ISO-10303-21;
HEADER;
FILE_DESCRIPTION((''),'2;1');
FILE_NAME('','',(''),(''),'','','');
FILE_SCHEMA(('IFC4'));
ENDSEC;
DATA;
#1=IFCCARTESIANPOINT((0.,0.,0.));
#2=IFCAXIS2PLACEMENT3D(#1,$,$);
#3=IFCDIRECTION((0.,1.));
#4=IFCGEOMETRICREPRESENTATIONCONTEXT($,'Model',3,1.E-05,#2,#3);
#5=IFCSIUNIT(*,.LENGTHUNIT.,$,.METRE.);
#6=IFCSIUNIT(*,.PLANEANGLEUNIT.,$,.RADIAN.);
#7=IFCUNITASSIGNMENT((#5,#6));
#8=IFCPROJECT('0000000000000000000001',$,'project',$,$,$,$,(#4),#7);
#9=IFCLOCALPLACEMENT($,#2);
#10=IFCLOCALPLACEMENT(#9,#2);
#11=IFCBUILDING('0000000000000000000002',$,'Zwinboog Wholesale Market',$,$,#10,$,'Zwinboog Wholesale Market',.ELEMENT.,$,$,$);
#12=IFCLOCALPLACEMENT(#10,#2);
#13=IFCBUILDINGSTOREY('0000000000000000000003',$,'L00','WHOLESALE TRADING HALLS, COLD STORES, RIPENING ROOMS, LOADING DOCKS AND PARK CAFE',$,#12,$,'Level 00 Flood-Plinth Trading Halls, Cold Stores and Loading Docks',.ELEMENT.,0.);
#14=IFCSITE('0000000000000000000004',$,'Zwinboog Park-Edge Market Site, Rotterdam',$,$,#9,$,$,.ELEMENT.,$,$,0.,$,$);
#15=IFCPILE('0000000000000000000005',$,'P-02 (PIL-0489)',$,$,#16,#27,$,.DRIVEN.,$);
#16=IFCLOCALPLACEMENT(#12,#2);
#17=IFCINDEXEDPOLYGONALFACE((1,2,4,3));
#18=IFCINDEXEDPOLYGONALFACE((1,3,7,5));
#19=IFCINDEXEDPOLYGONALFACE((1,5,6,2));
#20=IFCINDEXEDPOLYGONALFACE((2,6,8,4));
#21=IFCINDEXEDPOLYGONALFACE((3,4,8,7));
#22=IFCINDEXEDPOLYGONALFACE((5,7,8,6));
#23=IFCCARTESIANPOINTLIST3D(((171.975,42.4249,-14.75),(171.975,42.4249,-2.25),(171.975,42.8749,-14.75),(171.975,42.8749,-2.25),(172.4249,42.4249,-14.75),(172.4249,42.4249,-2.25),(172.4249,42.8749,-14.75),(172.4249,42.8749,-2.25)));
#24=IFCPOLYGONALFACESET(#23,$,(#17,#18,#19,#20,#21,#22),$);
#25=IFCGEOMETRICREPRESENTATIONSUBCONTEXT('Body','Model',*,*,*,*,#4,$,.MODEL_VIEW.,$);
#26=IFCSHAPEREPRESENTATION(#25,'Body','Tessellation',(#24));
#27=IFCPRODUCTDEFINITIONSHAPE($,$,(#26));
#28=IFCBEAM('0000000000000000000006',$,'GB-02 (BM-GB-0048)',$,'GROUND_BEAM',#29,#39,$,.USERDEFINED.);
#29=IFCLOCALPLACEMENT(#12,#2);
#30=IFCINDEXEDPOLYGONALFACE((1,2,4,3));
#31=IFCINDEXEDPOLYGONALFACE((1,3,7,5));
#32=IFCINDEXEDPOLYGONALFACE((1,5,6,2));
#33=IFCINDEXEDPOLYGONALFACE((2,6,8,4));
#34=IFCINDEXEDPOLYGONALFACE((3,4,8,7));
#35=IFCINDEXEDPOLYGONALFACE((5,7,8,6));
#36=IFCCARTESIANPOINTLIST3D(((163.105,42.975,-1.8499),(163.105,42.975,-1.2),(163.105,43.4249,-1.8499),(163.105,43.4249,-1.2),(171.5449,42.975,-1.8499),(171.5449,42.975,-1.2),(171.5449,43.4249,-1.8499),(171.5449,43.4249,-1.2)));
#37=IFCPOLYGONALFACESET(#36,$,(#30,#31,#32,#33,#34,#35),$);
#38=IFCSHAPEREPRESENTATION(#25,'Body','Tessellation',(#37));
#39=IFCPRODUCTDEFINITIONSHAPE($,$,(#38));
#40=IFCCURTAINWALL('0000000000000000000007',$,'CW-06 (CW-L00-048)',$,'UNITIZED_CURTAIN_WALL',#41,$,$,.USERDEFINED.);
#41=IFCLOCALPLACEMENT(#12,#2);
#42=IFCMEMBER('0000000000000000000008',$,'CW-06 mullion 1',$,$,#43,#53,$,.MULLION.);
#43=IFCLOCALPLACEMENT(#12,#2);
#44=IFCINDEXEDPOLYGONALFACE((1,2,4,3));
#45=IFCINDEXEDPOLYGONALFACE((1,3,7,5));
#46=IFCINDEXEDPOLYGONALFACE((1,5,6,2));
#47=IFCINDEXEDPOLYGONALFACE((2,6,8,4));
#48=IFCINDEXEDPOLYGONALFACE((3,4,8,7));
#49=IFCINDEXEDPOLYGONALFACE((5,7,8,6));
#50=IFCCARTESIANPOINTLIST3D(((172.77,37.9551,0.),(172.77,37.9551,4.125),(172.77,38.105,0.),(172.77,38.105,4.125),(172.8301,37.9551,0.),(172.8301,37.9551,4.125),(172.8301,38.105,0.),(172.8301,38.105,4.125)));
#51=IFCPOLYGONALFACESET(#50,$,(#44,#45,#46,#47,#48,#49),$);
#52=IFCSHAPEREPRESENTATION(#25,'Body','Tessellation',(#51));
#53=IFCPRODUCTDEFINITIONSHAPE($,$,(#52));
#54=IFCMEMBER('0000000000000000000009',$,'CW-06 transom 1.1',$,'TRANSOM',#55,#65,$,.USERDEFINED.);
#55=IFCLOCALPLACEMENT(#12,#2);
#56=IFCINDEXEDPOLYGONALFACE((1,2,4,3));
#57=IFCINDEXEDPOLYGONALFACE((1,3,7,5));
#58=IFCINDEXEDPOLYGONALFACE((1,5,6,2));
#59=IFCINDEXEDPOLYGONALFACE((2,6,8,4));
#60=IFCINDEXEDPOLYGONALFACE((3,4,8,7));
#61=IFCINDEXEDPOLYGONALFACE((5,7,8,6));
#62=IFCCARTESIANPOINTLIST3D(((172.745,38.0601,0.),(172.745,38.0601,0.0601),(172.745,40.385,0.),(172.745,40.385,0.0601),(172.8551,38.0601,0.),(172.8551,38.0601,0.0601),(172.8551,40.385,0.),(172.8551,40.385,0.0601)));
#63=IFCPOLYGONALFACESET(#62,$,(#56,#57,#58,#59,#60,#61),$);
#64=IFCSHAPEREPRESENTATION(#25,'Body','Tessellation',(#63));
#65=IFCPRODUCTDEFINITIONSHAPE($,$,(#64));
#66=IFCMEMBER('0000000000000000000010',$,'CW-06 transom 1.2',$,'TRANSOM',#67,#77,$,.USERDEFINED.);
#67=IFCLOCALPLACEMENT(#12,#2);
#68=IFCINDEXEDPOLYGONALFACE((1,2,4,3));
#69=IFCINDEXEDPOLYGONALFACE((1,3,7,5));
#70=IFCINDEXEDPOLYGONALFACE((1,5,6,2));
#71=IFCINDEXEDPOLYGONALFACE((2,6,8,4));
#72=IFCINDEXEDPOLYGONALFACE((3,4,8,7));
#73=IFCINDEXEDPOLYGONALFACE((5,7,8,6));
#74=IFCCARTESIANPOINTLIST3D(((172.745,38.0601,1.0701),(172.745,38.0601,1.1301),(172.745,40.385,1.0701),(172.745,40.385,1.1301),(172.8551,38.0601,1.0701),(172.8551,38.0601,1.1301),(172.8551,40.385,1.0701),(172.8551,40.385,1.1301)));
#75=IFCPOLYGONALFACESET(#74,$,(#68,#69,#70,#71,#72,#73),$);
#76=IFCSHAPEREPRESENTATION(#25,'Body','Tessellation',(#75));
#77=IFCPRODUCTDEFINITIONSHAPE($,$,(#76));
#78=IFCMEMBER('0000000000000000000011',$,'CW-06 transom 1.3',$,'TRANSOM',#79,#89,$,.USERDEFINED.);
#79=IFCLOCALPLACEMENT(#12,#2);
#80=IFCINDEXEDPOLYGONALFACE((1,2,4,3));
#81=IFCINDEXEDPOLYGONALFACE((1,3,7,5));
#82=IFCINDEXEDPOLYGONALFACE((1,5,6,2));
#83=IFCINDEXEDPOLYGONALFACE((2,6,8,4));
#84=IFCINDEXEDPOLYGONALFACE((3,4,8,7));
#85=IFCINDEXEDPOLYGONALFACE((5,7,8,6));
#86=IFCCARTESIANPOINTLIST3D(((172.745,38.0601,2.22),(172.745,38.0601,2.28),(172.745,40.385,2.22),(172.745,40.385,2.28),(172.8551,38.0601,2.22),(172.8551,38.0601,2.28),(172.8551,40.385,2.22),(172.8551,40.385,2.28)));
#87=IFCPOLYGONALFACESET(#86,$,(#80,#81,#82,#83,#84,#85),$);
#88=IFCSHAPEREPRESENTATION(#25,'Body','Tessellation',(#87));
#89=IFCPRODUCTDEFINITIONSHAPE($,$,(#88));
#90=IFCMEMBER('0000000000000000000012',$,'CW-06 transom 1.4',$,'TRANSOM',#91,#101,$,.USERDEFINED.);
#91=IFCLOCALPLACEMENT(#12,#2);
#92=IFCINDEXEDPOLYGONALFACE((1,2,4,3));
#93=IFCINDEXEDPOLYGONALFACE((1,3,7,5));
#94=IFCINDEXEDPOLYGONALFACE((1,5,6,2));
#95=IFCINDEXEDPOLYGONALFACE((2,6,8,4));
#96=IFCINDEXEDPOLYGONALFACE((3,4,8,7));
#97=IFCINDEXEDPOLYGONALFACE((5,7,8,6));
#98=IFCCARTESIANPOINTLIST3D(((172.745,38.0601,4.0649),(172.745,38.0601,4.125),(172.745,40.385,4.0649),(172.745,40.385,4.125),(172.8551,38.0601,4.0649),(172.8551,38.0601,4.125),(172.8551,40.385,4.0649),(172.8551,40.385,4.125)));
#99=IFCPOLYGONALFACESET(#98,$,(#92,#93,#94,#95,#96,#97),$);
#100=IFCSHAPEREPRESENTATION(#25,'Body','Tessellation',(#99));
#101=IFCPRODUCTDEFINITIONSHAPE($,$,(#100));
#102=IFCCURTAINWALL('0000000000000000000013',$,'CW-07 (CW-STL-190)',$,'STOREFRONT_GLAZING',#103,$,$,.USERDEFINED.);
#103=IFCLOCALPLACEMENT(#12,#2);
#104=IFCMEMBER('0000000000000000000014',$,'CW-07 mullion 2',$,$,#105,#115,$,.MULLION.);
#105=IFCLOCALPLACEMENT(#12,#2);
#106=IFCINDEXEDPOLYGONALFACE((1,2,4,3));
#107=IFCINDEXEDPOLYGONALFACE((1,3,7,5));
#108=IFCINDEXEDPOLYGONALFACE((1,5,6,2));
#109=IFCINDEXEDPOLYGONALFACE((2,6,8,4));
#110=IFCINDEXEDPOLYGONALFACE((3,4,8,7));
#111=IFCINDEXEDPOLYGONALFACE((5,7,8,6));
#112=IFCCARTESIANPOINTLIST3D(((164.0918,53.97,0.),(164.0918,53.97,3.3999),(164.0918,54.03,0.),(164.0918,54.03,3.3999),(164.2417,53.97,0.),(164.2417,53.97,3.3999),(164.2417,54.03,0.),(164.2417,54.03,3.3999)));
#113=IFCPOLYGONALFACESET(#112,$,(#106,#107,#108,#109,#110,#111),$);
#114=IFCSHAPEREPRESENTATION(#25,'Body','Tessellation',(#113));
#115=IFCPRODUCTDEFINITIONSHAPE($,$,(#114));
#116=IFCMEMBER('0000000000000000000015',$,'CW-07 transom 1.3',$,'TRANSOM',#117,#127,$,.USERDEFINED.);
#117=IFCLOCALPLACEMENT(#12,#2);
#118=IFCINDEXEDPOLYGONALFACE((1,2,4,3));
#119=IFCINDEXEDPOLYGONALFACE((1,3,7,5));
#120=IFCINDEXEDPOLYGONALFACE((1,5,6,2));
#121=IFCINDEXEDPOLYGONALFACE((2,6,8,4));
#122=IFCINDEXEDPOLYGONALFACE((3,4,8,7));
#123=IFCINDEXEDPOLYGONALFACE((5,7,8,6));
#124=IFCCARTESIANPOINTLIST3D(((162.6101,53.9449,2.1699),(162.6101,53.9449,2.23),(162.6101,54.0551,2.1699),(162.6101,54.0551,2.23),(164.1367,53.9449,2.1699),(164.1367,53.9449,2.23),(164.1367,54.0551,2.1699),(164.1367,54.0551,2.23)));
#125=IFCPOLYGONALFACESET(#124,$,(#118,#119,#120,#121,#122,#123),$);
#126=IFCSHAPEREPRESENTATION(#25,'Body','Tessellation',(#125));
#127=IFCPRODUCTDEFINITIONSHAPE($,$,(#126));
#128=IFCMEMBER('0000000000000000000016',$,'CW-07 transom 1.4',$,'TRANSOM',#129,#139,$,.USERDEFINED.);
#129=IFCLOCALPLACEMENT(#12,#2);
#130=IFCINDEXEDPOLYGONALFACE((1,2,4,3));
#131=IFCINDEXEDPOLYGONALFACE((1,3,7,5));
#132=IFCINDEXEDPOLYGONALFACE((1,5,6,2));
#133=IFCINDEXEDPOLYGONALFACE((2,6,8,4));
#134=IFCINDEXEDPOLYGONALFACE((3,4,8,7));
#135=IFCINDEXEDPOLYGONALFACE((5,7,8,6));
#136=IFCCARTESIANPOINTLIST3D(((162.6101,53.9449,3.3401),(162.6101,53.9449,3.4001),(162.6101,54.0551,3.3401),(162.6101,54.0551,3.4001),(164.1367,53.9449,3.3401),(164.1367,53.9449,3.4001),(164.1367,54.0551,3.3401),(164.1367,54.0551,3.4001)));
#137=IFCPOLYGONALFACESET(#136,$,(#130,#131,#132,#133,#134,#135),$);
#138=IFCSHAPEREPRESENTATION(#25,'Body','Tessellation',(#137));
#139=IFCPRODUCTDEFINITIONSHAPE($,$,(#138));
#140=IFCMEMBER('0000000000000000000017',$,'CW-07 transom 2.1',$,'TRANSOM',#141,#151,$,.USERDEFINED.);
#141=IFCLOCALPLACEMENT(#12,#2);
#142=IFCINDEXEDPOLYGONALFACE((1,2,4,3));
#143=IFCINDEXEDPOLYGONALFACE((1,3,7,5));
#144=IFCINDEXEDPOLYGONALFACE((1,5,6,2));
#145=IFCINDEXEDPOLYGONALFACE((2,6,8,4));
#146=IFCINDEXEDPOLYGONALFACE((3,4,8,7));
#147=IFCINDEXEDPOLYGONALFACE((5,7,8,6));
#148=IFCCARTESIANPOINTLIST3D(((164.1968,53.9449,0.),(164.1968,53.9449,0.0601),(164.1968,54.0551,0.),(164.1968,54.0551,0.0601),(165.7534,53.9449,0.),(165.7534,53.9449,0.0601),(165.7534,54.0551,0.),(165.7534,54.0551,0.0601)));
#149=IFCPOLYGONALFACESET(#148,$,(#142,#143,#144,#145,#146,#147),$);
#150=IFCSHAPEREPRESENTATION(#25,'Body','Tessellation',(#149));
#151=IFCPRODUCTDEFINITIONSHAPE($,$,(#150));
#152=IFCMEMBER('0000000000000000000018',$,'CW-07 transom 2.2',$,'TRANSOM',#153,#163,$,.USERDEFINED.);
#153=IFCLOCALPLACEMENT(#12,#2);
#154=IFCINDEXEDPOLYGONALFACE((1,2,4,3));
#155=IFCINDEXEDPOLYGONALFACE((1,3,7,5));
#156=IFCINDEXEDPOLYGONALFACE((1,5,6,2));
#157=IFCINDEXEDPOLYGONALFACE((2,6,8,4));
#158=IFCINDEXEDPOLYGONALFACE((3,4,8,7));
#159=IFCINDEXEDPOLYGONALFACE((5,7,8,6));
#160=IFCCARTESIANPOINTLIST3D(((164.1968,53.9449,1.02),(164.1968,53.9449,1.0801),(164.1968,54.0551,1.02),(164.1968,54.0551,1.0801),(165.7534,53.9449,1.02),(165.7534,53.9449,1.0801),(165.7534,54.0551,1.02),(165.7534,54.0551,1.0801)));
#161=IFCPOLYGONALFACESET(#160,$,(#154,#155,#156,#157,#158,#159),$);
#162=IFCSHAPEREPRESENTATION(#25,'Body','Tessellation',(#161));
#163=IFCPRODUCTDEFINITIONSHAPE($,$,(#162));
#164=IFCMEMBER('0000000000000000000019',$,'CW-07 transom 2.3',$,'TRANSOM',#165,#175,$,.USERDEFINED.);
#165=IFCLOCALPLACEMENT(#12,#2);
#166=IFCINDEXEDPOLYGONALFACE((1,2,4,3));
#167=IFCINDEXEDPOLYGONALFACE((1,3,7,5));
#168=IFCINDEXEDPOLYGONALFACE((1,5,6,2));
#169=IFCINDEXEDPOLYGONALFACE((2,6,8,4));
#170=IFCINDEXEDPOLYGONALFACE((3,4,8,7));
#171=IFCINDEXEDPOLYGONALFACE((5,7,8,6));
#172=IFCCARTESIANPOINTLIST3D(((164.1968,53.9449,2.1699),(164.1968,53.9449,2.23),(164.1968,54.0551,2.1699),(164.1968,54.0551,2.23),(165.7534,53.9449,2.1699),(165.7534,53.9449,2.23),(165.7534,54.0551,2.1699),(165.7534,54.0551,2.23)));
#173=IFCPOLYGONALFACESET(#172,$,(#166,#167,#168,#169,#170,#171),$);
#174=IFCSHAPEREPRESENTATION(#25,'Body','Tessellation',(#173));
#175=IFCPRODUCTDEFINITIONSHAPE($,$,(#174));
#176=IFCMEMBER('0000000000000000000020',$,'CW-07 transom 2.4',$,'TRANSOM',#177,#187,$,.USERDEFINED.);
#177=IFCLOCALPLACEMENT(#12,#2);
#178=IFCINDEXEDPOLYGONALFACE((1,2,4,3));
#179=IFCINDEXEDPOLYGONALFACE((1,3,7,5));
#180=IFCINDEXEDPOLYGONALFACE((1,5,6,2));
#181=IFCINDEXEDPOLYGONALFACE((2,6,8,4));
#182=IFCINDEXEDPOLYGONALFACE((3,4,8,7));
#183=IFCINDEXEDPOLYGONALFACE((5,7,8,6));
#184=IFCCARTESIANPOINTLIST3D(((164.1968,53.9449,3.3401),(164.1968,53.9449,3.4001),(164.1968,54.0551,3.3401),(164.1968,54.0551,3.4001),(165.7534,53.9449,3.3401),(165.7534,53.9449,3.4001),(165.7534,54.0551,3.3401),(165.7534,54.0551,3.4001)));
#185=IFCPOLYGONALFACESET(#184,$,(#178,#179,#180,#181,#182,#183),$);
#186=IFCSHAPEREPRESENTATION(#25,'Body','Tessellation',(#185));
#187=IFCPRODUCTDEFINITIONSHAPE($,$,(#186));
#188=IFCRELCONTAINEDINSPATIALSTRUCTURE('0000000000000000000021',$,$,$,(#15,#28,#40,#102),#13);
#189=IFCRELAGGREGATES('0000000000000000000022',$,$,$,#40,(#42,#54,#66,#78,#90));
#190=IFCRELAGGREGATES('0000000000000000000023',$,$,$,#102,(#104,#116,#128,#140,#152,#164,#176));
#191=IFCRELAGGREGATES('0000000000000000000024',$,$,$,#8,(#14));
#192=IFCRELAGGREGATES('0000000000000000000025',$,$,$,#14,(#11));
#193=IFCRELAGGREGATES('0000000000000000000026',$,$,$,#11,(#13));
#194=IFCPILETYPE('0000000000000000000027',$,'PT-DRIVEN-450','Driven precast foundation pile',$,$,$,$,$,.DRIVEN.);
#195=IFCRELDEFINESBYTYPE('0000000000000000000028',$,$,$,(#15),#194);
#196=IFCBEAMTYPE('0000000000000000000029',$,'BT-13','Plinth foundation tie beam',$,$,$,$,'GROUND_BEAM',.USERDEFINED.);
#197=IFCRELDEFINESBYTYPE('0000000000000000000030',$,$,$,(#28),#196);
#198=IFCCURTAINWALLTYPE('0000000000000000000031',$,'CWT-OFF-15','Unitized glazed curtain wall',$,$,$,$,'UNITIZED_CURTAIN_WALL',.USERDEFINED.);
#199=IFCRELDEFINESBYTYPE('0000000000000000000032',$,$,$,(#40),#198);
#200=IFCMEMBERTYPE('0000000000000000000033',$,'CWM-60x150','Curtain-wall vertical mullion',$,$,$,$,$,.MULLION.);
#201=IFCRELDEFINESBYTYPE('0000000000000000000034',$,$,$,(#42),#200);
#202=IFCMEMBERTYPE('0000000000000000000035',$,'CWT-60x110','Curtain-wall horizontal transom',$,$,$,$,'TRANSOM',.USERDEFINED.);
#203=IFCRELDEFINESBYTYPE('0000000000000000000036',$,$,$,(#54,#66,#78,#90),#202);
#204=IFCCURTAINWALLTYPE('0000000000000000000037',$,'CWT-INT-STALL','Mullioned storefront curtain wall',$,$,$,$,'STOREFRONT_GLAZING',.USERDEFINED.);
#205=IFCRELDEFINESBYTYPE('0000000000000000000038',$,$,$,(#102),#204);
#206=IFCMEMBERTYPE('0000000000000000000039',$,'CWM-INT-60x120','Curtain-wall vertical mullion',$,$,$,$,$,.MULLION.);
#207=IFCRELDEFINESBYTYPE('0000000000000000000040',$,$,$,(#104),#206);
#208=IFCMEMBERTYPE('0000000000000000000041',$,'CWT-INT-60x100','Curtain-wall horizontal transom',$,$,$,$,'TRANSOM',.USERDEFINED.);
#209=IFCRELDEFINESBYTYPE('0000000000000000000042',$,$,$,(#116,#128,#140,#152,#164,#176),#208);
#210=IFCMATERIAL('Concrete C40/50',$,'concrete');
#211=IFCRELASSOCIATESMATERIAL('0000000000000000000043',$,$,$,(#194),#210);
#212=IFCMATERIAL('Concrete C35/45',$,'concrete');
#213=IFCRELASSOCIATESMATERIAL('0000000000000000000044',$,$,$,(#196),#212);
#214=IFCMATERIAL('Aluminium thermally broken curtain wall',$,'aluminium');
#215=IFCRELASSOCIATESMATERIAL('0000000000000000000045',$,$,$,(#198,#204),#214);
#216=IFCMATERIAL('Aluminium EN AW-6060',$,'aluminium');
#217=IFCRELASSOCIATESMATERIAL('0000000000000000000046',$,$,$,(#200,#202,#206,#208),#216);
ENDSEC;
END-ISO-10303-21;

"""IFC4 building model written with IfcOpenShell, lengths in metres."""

from ifc_helpers import new_model, si_unit, direction, frame, origin, origin_2d, place, context, subcontext, project, spatial, rectangle, extrude, material, material_profile, profile_set, type_object, element, aggregate, save


model = new_model("IFC4")

# Units and contexts
model_context = context("Model", 3, precision=1e-05, world=origin(), true_north=direction((0.0, 1.0)))
body_context = subcontext(model_context, "Body", "Model", "MODEL_VIEW")
ifc_project = project(units=[si_unit("LENGTHUNIT", "METRE"), si_unit("PLANEANGLEUNIT", "RADIAN")], contexts=[model_context])

# Site, building, storey
site_placement = place(None, origin())
site = spatial("IfcSite", under=ifc_project, at=site_placement, Name="Zwinboog Park-Edge Market Site, Rotterdam", CompositionType="ELEMENT", RefElevation=0.0)
building_placement = place(site_placement, origin())
building = spatial("IfcBuilding", under=site, at=building_placement, Name="Zwinboog Wholesale Market", LongName="Zwinboog Wholesale Market", CompositionType="ELEMENT")
storey_placement = place(building_placement, origin())
storey = spatial("IfcBuildingStorey", under=building, at=storey_placement, Name="L00", Description="WHOLESALE TRADING HALLS, COLD STORES, RIPENING ROOMS, LOADING DOCKS AND PARK CAFE", LongName="Level 00 Flood-Plinth Trading Halls, Cold Stores and Loading Docks", CompositionType="ELEMENT", Elevation=0.0)

# Pile
ifc_material_1 = material(Name="Concrete C40/50", Category="concrete")
ifc_material_profile_1 = material_profile(ifc_material_1, rectangle(XDim=0.45, YDim=0.45, at=origin_2d()), Name="PILE SQ450")
ifc_profile_set_1 = profile_set([ifc_material_profile_1], Name="Concrete C40/50")
pile_type = type_object("IfcPileType", Name="PT-DRIVEN-450", Description="Driven precast foundation pile", PredefinedType="DRIVEN", material=ifc_profile_set_1)
pile_placement = place(storey_placement, frame((172.2, 42.6499, -2.25), z_axis=(0.0, 0.0, -1.0), x_axis=(1.0, 0.0, 0.0)))
element("IfcPile", 1, at=pile_placement, inside=storey, type_object=pile_type, Name="P-02 (PIL-0489)", PredefinedType="DRIVEN", context=body_context, shape_type="SweptSolid", body=[
    extrude(rectangle(XDim=0.45, YDim=0.45, at=origin_2d()), origin(), (0.0, 0.0, 1.0), 12.5),
])

# Beam
ifc_material_2 = material(Name="Concrete C35/45", Category="concrete")
ifc_material_profile_2 = material_profile(ifc_material_2, rectangle(XDim=0.45, YDim=0.6499, at=origin_2d()), Name="RC 450x650")
ifc_profile_set_2 = profile_set([ifc_material_profile_2], Name="Concrete C35/45")
beam_type = type_object("IfcBeamType", Name="BT-13", Description="Plinth foundation tie beam", ElementType="GROUND_BEAM", PredefinedType="USERDEFINED", material=ifc_profile_set_2)
beam_placement = place(storey_placement, frame((163.105, 43.2, -1.5249), z_axis=(1.0, 0.0, 0.0), x_axis=(0.0, 1.0, 0.0)))
element("IfcBeam", 2, at=beam_placement, inside=storey, type_object=beam_type, Name="GB-02 (BM-GB-0048)", ObjectType="GROUND_BEAM", PredefinedType="USERDEFINED", context=body_context, shape_type="SweptSolid", body=[
    extrude(rectangle(XDim=0.45, YDim=0.6499, at=origin_2d()), origin(), (0.0, 0.0, 1.0), 8.4399),
])

# Curtain walls, members
ifc_material_3 = material(Name="Aluminium thermally broken curtain wall", Category="aluminium")
curtain_wall_type_1 = type_object("IfcCurtainWallType", Name="CWT-OFF-15", Description="Unitized glazed curtain wall", ElementType="UNITIZED_CURTAIN_WALL", PredefinedType="USERDEFINED", material=ifc_material_3)
curtain_wall_1_placement = place(storey_placement, origin())
curtain_wall_1 = element("IfcCurtainWall", 3, at=curtain_wall_1_placement, inside=storey, type_object=curtain_wall_type_1, Name="CW-06 (CW-L00-048)", ObjectType="UNITIZED_CURTAIN_WALL", PredefinedType="USERDEFINED")
ifc_material_4 = material(Name="Aluminium EN AW-6060", Category="aluminium")
ifc_material_profile_3 = material_profile(ifc_material_4, rectangle(XDim=0.0601, YDim=0.1499, at=origin_2d()), Name="AL 60x150")
ifc_profile_set_3 = profile_set([ifc_material_profile_3], Name="Aluminium EN AW-6060")
member_type_1 = type_object("IfcMemberType", Name="CWM-60x150", Description="Curtain-wall vertical mullion", PredefinedType="MULLION", material=ifc_profile_set_3)
member_1_placement = place(storey_placement, frame((172.8, 38.03, 0.0), z_axis=(0.0, 0.0, 1.0), x_axis=(-1.0, 0.0, 0.0)))
member_1 = element("IfcMember", 4, at=member_1_placement, type_object=member_type_1, Name="CW-06 mullion 1", PredefinedType="MULLION", context=body_context, shape_type="SweptSolid", body=[
    extrude(rectangle(XDim=0.0601, YDim=0.1499, at=origin_2d()), origin(), (0.0, 0.0, 1.0), 4.125),
])
ifc_material_profile_4 = material_profile(ifc_material_4, rectangle(XDim=0.1101, YDim=0.0601, at=origin_2d()), Name="AL 60x110")
ifc_profile_set_4 = profile_set([ifc_material_profile_4], Name="Aluminium EN AW-6060")
member_type_2 = type_object("IfcMemberType", Name="CWT-60x110", Description="Curtain-wall horizontal transom", ElementType="TRANSOM", PredefinedType="USERDEFINED", material=ifc_profile_set_4)
member_2_placement = place(storey_placement, frame((172.8, 38.0601, 0.03), z_axis=(0.0, 1.0, 0.0), x_axis=(-1.0, 0.0, 0.0)))
member_2 = element("IfcMember", 5, at=member_2_placement, type_object=member_type_2, Name="CW-06 transom 1.1", ObjectType="TRANSOM", PredefinedType="USERDEFINED", context=body_context, shape_type="SweptSolid", body=[
    extrude(rectangle(XDim=0.1101, YDim=0.0601, at=origin_2d()), origin(), (0.0, 0.0, 1.0), 2.325),
])
member_3_placement = place(storey_placement, frame((172.8, 38.0601, 1.1001), z_axis=(0.0, 1.0, 0.0), x_axis=(-1.0, 0.0, 0.0)))
member_3 = element("IfcMember", 6, at=member_3_placement, type_object=member_type_2, Name="CW-06 transom 1.2", ObjectType="TRANSOM", PredefinedType="USERDEFINED", context=body_context, shape_type="SweptSolid", body=[
    extrude(rectangle(XDim=0.1101, YDim=0.0601, at=origin_2d()), origin(), (0.0, 0.0, 1.0), 2.325),
])
member_4_placement = place(storey_placement, frame((172.8, 38.0601, 2.25), z_axis=(0.0, 1.0, 0.0), x_axis=(-1.0, 0.0, 0.0)))
member_4 = element("IfcMember", 7, at=member_4_placement, type_object=member_type_2, Name="CW-06 transom 1.3", ObjectType="TRANSOM", PredefinedType="USERDEFINED", context=body_context, shape_type="SweptSolid", body=[
    extrude(rectangle(XDim=0.1101, YDim=0.0601, at=origin_2d()), origin(), (0.0, 0.0, 1.0), 2.325),
])
member_5_placement = place(storey_placement, frame((172.8, 38.0601, 4.095), z_axis=(0.0, 1.0, 0.0), x_axis=(-1.0, 0.0, 0.0)))
member_5 = element("IfcMember", 8, at=member_5_placement, type_object=member_type_2, Name="CW-06 transom 1.4", ObjectType="TRANSOM", PredefinedType="USERDEFINED", context=body_context, shape_type="SweptSolid", body=[
    extrude(rectangle(XDim=0.1101, YDim=0.0601, at=origin_2d()), origin(), (0.0, 0.0, 1.0), 2.325),
])
curtain_wall_type_2 = type_object("IfcCurtainWallType", Name="CWT-INT-STALL", Description="Mullioned storefront curtain wall", ElementType="STOREFRONT_GLAZING", PredefinedType="USERDEFINED", material=ifc_material_3)
curtain_wall_2_placement = place(storey_placement, origin())
curtain_wall_2 = element("IfcCurtainWall", 9, at=curtain_wall_2_placement, inside=storey, type_object=curtain_wall_type_2, Name="CW-07 (CW-STL-190)", ObjectType="STOREFRONT_GLAZING", PredefinedType="USERDEFINED")
ifc_material_profile_5 = material_profile(ifc_material_4, rectangle(XDim=0.0601, YDim=0.1499, at=origin_2d()), Name="AL 60x150")
ifc_profile_set_5 = profile_set([ifc_material_profile_5], Name="Aluminium EN AW-6060")
member_type_3 = type_object("IfcMemberType", Name="CWM-INT-60x120", Description="Curtain-wall vertical mullion", PredefinedType="MULLION", material=ifc_profile_set_5)
member_6_placement = place(storey_placement, frame((164.1667, 54.0, 0.0), z_axis=(0.0, 0.0, 1.0), x_axis=(0.0, 1.0, 0.0)))
member_6 = element("IfcMember", 10, at=member_6_placement, type_object=member_type_3, Name="CW-07 mullion 2", PredefinedType="MULLION", context=body_context, shape_type="SweptSolid", body=[
    extrude(rectangle(XDim=0.0601, YDim=0.1499, at=origin_2d()), origin(), (0.0, 0.0, 1.0), 3.3999),
])
ifc_material_profile_6 = material_profile(ifc_material_4, rectangle(XDim=0.1101, YDim=0.0601, at=origin_2d()), Name="AL 60x110")
ifc_profile_set_6 = profile_set([ifc_material_profile_6], Name="Aluminium EN AW-6060")
member_type_4 = type_object("IfcMemberType", Name="CWT-INT-60x100", Description="Curtain-wall horizontal transom", ElementType="TRANSOM", PredefinedType="USERDEFINED", material=ifc_profile_set_6)
member_7_placement = place(storey_placement, frame((162.6101, 54.0, 2.2), z_axis=(1.0, 0.0, 0.0), x_axis=(0.0, 1.0, 0.0)))
member_7 = element("IfcMember", 11, at=member_7_placement, type_object=member_type_4, Name="CW-07 transom 1.3", ObjectType="TRANSOM", PredefinedType="USERDEFINED", context=body_context, shape_type="SweptSolid", body=[
    extrude(rectangle(XDim=0.1101, YDim=0.0601, at=origin_2d()), origin(), (0.0, 0.0, 1.0), 1.5266),
])
member_8_placement = place(storey_placement, frame((162.6101, 54.0, 3.3701), z_axis=(1.0, 0.0, 0.0), x_axis=(0.0, 1.0, 0.0)))
member_8 = element("IfcMember", 12, at=member_8_placement, type_object=member_type_4, Name="CW-07 transom 1.4", ObjectType="TRANSOM", PredefinedType="USERDEFINED", context=body_context, shape_type="SweptSolid", body=[
    extrude(rectangle(XDim=0.1101, YDim=0.0601, at=origin_2d()), origin(), (0.0, 0.0, 1.0), 1.5266),
])
member_9_placement = place(storey_placement, frame((164.1968, 54.0, 0.03), z_axis=(1.0, 0.0, 0.0), x_axis=(0.0, 1.0, 0.0)))
member_9 = element("IfcMember", 13, at=member_9_placement, type_object=member_type_4, Name="CW-07 transom 2.1", ObjectType="TRANSOM", PredefinedType="USERDEFINED", context=body_context, shape_type="SweptSolid", body=[
    extrude(rectangle(XDim=0.1101, YDim=0.0601, at=origin_2d()), origin(), (0.0, 0.0, 1.0), 1.5566),
])
member_10_placement = place(storey_placement, frame((164.1968, 54.0, 1.05), z_axis=(1.0, 0.0, 0.0), x_axis=(0.0, 1.0, 0.0)))
member_10 = element("IfcMember", 14, at=member_10_placement, type_object=member_type_4, Name="CW-07 transom 2.2", ObjectType="TRANSOM", PredefinedType="USERDEFINED", context=body_context, shape_type="SweptSolid", body=[
    extrude(rectangle(XDim=0.1101, YDim=0.0601, at=origin_2d()), origin(), (0.0, 0.0, 1.0), 1.5566),
])
member_11_placement = place(storey_placement, frame((164.1968, 54.0, 2.2), z_axis=(1.0, 0.0, 0.0), x_axis=(0.0, 1.0, 0.0)))
member_11 = element("IfcMember", 15, at=member_11_placement, type_object=member_type_4, Name="CW-07 transom 2.3", ObjectType="TRANSOM", PredefinedType="USERDEFINED", context=body_context, shape_type="SweptSolid", body=[
    extrude(rectangle(XDim=0.1101, YDim=0.0601, at=origin_2d()), origin(), (0.0, 0.0, 1.0), 1.5566),
])
member_12_placement = place(storey_placement, frame((164.1968, 54.0, 3.3701), z_axis=(1.0, 0.0, 0.0), x_axis=(0.0, 1.0, 0.0)))
member_12 = element("IfcMember", 16, at=member_12_placement, type_object=member_type_4, Name="CW-07 transom 2.4", ObjectType="TRANSOM", PredefinedType="USERDEFINED", context=body_context, shape_type="SweptSolid", body=[
    extrude(rectangle(XDim=0.1101, YDim=0.0601, at=origin_2d()), origin(), (0.0, 0.0, 1.0), 1.5566),
])

aggregate(curtain_wall_1, [member_1, member_2, member_3, member_4, member_5])
aggregate(curtain_wall_2, [member_6, member_7, member_8, member_9, member_10, member_11, member_12])

save(model, "model.ifc")
